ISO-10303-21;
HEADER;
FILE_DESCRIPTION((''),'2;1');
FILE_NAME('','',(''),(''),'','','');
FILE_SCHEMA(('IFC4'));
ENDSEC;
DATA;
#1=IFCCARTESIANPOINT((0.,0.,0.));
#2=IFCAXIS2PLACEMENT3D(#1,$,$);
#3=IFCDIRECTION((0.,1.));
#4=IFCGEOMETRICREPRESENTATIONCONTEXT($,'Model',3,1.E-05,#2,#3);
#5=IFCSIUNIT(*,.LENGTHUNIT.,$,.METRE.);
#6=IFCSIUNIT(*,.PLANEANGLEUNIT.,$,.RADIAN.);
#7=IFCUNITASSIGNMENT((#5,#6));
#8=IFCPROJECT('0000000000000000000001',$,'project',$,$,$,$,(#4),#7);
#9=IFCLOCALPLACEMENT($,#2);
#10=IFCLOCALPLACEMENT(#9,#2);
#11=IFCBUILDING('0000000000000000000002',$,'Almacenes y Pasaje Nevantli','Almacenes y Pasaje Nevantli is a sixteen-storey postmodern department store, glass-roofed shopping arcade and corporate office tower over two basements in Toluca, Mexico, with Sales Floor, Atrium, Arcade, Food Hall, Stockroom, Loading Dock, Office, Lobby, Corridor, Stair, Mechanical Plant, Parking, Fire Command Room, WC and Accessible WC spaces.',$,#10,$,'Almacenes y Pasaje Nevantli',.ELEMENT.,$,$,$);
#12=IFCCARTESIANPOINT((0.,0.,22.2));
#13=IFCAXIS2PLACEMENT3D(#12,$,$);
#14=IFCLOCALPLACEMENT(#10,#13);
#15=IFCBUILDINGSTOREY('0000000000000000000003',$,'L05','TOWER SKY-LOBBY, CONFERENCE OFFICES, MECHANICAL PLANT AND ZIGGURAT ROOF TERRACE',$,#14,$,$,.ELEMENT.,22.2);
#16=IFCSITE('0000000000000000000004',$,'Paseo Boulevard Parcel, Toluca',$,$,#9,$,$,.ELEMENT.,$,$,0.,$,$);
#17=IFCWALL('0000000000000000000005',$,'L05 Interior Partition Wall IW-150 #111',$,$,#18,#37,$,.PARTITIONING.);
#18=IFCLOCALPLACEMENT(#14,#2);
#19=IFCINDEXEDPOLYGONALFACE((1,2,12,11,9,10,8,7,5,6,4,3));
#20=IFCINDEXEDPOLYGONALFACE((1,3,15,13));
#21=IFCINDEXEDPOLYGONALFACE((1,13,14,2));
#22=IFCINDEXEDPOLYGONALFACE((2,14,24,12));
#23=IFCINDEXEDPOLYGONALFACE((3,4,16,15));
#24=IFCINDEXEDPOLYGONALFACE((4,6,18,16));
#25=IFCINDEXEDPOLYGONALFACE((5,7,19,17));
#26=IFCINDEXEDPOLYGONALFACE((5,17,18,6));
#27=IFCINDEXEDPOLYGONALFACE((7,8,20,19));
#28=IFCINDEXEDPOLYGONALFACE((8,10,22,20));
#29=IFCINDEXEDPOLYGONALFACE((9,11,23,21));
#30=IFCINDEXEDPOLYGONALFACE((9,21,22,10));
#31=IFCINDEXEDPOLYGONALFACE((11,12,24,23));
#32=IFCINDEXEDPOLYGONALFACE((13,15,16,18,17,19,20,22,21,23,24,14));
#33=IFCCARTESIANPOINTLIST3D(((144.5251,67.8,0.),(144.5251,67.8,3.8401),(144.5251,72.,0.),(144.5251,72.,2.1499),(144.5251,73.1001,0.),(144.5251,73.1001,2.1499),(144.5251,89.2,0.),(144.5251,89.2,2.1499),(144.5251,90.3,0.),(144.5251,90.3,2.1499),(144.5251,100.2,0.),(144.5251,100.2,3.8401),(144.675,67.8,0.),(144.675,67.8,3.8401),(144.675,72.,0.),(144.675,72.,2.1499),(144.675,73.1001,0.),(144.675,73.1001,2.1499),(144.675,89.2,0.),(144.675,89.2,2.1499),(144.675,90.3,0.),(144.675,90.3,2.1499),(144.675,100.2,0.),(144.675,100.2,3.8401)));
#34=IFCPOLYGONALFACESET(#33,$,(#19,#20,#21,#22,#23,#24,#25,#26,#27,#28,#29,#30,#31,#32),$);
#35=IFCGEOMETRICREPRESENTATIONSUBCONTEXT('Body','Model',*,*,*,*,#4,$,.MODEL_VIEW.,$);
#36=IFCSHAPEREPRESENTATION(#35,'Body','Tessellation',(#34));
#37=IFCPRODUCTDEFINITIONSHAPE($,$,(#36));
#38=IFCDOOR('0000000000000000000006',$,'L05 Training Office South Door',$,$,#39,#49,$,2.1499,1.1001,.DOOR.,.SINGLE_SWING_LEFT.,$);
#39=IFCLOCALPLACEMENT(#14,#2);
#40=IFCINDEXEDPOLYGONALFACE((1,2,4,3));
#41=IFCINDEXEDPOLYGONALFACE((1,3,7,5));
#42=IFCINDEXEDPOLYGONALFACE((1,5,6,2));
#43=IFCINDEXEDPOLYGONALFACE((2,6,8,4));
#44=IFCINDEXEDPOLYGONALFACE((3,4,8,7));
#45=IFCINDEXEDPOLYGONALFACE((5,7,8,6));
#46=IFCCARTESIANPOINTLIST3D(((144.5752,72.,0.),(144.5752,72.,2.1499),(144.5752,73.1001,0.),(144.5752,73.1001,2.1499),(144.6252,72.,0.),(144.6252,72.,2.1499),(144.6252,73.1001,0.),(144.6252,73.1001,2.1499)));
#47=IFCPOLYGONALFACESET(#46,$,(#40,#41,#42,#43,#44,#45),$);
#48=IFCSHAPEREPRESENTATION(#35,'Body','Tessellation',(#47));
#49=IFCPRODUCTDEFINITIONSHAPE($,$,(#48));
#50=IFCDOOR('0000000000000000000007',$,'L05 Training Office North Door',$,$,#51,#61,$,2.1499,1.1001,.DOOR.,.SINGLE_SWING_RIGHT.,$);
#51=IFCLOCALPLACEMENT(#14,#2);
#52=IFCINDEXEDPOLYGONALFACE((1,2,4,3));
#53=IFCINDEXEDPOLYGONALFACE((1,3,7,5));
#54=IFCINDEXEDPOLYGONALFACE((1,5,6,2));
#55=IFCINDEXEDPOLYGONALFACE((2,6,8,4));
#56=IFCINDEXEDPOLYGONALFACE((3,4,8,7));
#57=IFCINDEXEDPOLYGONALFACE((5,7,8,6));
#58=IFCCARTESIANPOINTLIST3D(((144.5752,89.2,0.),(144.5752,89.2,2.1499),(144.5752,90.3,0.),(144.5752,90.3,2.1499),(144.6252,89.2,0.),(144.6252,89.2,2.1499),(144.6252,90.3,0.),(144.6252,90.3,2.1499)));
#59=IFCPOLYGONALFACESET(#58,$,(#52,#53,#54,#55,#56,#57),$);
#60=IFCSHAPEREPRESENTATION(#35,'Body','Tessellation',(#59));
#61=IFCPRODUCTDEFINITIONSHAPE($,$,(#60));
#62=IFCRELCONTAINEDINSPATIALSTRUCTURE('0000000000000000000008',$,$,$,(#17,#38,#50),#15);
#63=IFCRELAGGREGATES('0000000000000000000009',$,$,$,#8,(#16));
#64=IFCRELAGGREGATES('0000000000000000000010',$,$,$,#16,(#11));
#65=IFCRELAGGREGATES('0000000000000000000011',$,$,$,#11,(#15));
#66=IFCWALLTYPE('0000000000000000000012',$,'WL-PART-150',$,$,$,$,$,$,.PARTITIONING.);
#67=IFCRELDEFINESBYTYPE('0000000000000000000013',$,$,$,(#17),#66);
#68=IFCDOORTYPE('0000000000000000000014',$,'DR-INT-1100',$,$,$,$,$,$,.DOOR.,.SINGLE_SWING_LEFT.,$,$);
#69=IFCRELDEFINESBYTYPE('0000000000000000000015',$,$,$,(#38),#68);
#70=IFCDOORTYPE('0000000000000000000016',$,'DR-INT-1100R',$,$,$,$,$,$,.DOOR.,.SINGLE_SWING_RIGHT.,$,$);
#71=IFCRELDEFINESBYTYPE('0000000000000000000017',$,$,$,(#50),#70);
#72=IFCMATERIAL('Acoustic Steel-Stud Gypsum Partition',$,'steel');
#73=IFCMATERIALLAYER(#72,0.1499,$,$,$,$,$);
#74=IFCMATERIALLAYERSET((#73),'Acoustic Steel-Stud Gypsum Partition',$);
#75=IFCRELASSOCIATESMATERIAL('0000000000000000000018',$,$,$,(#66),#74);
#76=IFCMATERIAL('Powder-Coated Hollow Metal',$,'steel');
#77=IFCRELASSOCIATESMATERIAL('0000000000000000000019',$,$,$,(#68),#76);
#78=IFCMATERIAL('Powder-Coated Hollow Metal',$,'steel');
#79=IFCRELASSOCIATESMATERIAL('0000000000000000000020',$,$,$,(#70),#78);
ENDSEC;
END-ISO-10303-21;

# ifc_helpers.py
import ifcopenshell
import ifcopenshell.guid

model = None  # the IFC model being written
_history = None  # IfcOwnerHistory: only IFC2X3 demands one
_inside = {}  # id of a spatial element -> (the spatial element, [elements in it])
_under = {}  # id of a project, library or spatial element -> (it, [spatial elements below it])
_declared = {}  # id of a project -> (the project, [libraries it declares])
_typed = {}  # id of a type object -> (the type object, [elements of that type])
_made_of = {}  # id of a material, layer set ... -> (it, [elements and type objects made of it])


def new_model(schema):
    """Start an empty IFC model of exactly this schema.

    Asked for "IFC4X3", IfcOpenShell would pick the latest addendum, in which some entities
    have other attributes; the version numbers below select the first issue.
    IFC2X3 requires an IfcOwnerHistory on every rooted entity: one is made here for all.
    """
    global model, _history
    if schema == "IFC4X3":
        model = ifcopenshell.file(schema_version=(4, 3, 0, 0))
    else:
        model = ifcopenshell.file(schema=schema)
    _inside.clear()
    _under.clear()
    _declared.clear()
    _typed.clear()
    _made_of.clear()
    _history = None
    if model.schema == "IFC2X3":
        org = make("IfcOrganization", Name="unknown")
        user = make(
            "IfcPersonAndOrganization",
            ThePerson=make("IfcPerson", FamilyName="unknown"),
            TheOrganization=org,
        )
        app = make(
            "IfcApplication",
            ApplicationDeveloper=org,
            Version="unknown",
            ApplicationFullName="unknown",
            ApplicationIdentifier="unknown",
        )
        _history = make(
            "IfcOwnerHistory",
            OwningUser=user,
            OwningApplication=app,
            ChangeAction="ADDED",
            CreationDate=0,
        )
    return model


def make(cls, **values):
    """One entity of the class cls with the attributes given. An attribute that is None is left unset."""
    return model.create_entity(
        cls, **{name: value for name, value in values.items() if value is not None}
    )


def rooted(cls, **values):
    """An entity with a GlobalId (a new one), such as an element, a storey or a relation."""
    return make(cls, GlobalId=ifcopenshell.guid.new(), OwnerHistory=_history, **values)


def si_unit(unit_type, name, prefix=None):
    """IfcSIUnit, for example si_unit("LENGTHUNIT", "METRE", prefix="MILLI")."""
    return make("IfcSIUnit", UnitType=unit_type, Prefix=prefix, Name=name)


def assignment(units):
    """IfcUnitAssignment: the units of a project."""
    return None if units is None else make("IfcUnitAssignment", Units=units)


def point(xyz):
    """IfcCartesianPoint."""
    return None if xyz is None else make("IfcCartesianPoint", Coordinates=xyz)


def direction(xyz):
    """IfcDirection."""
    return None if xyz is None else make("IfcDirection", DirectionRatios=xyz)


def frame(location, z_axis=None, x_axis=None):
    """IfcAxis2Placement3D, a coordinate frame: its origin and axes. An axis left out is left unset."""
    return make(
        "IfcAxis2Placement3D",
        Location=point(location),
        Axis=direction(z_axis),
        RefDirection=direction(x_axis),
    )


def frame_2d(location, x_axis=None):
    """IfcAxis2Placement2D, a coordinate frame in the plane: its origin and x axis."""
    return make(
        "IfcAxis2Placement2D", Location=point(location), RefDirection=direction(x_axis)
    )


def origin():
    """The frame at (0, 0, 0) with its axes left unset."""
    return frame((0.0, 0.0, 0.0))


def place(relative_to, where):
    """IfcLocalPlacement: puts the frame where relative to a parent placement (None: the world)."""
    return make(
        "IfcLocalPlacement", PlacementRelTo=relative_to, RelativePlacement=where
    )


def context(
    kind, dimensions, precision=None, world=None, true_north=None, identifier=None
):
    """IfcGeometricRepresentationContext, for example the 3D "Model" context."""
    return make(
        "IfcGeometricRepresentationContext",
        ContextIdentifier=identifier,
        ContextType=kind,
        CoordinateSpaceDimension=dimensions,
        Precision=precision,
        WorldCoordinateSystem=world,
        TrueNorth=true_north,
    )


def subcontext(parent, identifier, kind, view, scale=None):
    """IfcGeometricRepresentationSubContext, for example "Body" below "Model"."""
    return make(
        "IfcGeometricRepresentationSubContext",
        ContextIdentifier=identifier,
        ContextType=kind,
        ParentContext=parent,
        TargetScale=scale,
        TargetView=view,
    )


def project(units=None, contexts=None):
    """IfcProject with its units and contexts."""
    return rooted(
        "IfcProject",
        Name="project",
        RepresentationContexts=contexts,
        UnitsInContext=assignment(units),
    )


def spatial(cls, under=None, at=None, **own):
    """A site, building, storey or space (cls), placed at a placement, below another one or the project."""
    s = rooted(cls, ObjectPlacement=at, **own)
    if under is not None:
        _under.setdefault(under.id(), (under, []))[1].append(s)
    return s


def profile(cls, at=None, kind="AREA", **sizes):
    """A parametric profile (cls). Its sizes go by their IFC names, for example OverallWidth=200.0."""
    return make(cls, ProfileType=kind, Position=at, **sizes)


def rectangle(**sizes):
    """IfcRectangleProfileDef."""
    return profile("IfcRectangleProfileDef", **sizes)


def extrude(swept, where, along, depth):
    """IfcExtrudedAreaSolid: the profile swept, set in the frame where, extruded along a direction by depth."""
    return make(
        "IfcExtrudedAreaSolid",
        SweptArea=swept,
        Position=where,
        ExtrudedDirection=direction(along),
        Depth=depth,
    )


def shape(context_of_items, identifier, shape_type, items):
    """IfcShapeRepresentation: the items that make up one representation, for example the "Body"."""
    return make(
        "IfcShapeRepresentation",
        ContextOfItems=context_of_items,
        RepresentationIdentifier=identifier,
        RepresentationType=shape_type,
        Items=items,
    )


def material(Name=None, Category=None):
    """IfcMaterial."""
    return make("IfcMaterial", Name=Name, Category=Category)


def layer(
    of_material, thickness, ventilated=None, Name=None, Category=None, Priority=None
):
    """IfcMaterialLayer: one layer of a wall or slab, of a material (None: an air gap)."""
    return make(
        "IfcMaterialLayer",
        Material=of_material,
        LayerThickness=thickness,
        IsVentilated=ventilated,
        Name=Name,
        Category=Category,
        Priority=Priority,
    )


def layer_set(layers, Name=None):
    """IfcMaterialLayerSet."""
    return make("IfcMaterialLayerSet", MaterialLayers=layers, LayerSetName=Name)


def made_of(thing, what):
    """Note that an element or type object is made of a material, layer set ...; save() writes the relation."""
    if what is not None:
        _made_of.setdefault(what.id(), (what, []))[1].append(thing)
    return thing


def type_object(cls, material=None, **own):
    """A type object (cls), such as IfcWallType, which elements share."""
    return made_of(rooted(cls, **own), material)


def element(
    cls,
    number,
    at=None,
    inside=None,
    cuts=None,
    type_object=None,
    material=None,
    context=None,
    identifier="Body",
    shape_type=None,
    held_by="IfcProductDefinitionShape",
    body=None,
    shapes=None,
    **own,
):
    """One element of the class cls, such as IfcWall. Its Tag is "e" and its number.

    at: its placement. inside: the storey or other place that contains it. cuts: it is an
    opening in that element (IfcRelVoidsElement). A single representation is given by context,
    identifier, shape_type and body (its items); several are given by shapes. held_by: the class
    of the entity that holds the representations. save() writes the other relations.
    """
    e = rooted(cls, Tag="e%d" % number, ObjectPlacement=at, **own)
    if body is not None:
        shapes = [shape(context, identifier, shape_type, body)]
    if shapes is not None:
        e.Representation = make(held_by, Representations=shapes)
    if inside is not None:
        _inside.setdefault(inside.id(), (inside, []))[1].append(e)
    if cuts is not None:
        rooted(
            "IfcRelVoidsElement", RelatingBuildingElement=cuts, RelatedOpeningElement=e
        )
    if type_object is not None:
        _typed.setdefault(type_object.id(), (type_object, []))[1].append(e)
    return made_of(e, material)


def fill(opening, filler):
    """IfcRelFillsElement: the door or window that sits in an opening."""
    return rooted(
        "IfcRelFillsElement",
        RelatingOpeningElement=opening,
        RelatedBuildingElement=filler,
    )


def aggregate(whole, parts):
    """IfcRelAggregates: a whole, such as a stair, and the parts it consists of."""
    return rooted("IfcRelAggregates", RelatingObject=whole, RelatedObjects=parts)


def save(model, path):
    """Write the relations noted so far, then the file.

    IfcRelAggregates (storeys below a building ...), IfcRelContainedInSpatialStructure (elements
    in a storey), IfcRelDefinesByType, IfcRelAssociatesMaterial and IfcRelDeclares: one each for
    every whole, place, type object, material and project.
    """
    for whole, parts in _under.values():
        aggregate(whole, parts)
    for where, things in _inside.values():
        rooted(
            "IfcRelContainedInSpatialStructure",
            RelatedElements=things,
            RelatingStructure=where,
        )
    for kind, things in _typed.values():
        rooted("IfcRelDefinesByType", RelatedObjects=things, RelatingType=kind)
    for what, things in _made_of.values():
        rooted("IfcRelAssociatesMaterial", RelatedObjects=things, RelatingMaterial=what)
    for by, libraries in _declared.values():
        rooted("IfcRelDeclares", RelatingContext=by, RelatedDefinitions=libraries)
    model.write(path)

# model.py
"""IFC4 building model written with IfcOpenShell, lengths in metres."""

from ifc_helpers import new_model, si_unit, direction, frame, frame_2d, origin, place, context, subcontext, project, spatial, rectangle, extrude, material, layer, layer_set, type_object, element, fill, save


model = new_model("IFC4")

# Units and contexts
model_context = context("Model", 3, precision=1e-05, world=origin(), true_north=direction((0.0, 1.0)))
body_context = subcontext(model_context, "Body", "Model", "MODEL_VIEW")
ifc_project = project(units=[si_unit("LENGTHUNIT", "METRE"), si_unit("PLANEANGLEUNIT", "RADIAN")], contexts=[model_context])

# Site, building, storey
site_placement = place(None, origin())
site = spatial("IfcSite", under=ifc_project, at=site_placement, Name="Paseo Boulevard Parcel, Toluca", CompositionType="ELEMENT", RefElevation=0.0)
building_placement = place(site_placement, origin())
building = spatial("IfcBuilding", under=site, at=building_placement, Name="Almacenes y Pasaje Nevantli", Description="Almacenes y Pasaje Nevantli is a sixteen-storey postmodern department store, glass-roofed shopping arcade and corporate office tower over two basements in Toluca, Mexico, with Sales Floor, Atrium, Arcade, Food Hall, Stockroom, Loading Dock, Office, Lobby, Corridor, Stair, Mechanical Plant, Parking, Fire Command Room, WC and Accessible WC spaces.", LongName="Almacenes y Pasaje Nevantli", CompositionType="ELEMENT")
storey_placement = place(building_placement, frame((0.0, 0.0, 22.2)))
storey = spatial("IfcBuildingStorey", under=building, at=storey_placement, Name="L05", Description="TOWER SKY-LOBBY, CONFERENCE OFFICES, MECHANICAL PLANT AND ZIGGURAT ROOF TERRACE", CompositionType="ELEMENT", Elevation=22.2)

# Wall, openings, doors
ifc_material_1 = material(Name="Acoustic Steel-Stud Gypsum Partition", Category="steel")
ifc_layer_1 = layer(ifc_material_1, 0.1499)
ifc_layer_set_1 = layer_set([ifc_layer_1], Name="Acoustic Steel-Stud Gypsum Partition")
wall_type_1 = type_object("IfcWallType", Name="WL-PART-150", PredefinedType="PARTITIONING", material=ifc_layer_set_1)
wall_1_placement = place(storey_placement, frame((144.6001, 67.8, 0.0), z_axis=(0.0, 0.0, 1.0), x_axis=(0.0, 1.0, 0.0)))
wall_1 = element("IfcWall", 1, at=wall_1_placement, inside=storey, type_object=wall_type_1, Name="L05 Interior Partition Wall IW-150 #111", PredefinedType="PARTITIONING", context=body_context, shape_type="SweptSolid", body=[
    extrude(rectangle(XDim=32.3999, YDim=0.1499, at=frame_2d((16.2, 0.0))), origin(), (0.0, 0.0, 1.0), 3.8401),
])
opening_1_placement = place(wall_1_placement, frame((4.2, 0.0, 0.0)))
opening_1 = element("IfcOpeningElement", 2, at=opening_1_placement, cuts=wall_1, PredefinedType="OPENING", context=body_context, shape_type="SweptSolid", body=[
    extrude(rectangle(XDim=1.1001, YDim=2.1499, at=frame_2d((0.55, 1.075))), frame((0.0, 0.085, 0.0), z_axis=(0.0, -1.0, 0.0), x_axis=(1.0, 0.0, 0.0)), (0.0, 0.0, 1.0), 0.1699),
])
opening_2_placement = place(wall_1_placement, frame((21.3999, 0.0, 0.0)))
opening_2 = element("IfcOpeningElement", 3, at=opening_2_placement, cuts=wall_1, PredefinedType="OPENING", context=body_context, shape_type="SweptSolid", body=[
    extrude(rectangle(XDim=1.1001, YDim=2.1499, at=frame_2d((0.55, 1.075))), frame((0.0, 0.085, 0.0), z_axis=(0.0, -1.0, 0.0), x_axis=(1.0, 0.0, 0.0)), (0.0, 0.0, 1.0), 0.1699),
])
ifc_material_2 = material(Name="Powder-Coated Hollow Metal", Category="steel")
door_type_1 = type_object("IfcDoorType", Name="DR-INT-1100", OperationType="SINGLE_SWING_LEFT", PredefinedType="DOOR", material=ifc_material_2)
door_1_placement = place(opening_1_placement, origin())
door_1 = element("IfcDoor", 4, at=door_1_placement, inside=storey, type_object=door_type_1, Name="L05 Training Office South Door", OperationType="SINGLE_SWING_LEFT", OverallHeight=2.1499, OverallWidth=1.1001, PredefinedType="DOOR", context=body_context, shape_type="SweptSolid", body=[
    extrude(rectangle(XDim=1.1001, YDim=2.1499, at=frame_2d((0.55, 1.075))), frame((0.0, 0.0249, 0.0), z_axis=(0.0, -1.0, 0.0), x_axis=(1.0, 0.0, 0.0)), (0.0, 0.0, 1.0), 0.05),
])
fill(opening_1, door_1)
ifc_material_3 = material(Name="Powder-Coated Hollow Metal", Category="steel")
door_type_2 = type_object("IfcDoorType", Name="DR-INT-1100R", OperationType="SINGLE_SWING_RIGHT", PredefinedType="DOOR", material=ifc_material_3)
door_2_placement = place(opening_2_placement, origin())
door_2 = element("IfcDoor", 5, at=door_2_placement, inside=storey, type_object=door_type_2, Name="L05 Training Office North Door", OperationType="SINGLE_SWING_RIGHT", OverallHeight=2.1499, OverallWidth=1.1001, PredefinedType="DOOR", context=body_context, shape_type="SweptSolid", body=[
    extrude(rectangle(XDim=1.1001, YDim=2.1499, at=frame_2d((0.55, 1.075))), frame((0.0, 0.0249, 0.0), z_axis=(0.0, -1.0, 0.0), x_axis=(1.0, 0.0, 0.0)), (0.0, 0.0, 1.0), 0.05),
])
fill(opening_2, door_2)

save(model, "model.ifc")
